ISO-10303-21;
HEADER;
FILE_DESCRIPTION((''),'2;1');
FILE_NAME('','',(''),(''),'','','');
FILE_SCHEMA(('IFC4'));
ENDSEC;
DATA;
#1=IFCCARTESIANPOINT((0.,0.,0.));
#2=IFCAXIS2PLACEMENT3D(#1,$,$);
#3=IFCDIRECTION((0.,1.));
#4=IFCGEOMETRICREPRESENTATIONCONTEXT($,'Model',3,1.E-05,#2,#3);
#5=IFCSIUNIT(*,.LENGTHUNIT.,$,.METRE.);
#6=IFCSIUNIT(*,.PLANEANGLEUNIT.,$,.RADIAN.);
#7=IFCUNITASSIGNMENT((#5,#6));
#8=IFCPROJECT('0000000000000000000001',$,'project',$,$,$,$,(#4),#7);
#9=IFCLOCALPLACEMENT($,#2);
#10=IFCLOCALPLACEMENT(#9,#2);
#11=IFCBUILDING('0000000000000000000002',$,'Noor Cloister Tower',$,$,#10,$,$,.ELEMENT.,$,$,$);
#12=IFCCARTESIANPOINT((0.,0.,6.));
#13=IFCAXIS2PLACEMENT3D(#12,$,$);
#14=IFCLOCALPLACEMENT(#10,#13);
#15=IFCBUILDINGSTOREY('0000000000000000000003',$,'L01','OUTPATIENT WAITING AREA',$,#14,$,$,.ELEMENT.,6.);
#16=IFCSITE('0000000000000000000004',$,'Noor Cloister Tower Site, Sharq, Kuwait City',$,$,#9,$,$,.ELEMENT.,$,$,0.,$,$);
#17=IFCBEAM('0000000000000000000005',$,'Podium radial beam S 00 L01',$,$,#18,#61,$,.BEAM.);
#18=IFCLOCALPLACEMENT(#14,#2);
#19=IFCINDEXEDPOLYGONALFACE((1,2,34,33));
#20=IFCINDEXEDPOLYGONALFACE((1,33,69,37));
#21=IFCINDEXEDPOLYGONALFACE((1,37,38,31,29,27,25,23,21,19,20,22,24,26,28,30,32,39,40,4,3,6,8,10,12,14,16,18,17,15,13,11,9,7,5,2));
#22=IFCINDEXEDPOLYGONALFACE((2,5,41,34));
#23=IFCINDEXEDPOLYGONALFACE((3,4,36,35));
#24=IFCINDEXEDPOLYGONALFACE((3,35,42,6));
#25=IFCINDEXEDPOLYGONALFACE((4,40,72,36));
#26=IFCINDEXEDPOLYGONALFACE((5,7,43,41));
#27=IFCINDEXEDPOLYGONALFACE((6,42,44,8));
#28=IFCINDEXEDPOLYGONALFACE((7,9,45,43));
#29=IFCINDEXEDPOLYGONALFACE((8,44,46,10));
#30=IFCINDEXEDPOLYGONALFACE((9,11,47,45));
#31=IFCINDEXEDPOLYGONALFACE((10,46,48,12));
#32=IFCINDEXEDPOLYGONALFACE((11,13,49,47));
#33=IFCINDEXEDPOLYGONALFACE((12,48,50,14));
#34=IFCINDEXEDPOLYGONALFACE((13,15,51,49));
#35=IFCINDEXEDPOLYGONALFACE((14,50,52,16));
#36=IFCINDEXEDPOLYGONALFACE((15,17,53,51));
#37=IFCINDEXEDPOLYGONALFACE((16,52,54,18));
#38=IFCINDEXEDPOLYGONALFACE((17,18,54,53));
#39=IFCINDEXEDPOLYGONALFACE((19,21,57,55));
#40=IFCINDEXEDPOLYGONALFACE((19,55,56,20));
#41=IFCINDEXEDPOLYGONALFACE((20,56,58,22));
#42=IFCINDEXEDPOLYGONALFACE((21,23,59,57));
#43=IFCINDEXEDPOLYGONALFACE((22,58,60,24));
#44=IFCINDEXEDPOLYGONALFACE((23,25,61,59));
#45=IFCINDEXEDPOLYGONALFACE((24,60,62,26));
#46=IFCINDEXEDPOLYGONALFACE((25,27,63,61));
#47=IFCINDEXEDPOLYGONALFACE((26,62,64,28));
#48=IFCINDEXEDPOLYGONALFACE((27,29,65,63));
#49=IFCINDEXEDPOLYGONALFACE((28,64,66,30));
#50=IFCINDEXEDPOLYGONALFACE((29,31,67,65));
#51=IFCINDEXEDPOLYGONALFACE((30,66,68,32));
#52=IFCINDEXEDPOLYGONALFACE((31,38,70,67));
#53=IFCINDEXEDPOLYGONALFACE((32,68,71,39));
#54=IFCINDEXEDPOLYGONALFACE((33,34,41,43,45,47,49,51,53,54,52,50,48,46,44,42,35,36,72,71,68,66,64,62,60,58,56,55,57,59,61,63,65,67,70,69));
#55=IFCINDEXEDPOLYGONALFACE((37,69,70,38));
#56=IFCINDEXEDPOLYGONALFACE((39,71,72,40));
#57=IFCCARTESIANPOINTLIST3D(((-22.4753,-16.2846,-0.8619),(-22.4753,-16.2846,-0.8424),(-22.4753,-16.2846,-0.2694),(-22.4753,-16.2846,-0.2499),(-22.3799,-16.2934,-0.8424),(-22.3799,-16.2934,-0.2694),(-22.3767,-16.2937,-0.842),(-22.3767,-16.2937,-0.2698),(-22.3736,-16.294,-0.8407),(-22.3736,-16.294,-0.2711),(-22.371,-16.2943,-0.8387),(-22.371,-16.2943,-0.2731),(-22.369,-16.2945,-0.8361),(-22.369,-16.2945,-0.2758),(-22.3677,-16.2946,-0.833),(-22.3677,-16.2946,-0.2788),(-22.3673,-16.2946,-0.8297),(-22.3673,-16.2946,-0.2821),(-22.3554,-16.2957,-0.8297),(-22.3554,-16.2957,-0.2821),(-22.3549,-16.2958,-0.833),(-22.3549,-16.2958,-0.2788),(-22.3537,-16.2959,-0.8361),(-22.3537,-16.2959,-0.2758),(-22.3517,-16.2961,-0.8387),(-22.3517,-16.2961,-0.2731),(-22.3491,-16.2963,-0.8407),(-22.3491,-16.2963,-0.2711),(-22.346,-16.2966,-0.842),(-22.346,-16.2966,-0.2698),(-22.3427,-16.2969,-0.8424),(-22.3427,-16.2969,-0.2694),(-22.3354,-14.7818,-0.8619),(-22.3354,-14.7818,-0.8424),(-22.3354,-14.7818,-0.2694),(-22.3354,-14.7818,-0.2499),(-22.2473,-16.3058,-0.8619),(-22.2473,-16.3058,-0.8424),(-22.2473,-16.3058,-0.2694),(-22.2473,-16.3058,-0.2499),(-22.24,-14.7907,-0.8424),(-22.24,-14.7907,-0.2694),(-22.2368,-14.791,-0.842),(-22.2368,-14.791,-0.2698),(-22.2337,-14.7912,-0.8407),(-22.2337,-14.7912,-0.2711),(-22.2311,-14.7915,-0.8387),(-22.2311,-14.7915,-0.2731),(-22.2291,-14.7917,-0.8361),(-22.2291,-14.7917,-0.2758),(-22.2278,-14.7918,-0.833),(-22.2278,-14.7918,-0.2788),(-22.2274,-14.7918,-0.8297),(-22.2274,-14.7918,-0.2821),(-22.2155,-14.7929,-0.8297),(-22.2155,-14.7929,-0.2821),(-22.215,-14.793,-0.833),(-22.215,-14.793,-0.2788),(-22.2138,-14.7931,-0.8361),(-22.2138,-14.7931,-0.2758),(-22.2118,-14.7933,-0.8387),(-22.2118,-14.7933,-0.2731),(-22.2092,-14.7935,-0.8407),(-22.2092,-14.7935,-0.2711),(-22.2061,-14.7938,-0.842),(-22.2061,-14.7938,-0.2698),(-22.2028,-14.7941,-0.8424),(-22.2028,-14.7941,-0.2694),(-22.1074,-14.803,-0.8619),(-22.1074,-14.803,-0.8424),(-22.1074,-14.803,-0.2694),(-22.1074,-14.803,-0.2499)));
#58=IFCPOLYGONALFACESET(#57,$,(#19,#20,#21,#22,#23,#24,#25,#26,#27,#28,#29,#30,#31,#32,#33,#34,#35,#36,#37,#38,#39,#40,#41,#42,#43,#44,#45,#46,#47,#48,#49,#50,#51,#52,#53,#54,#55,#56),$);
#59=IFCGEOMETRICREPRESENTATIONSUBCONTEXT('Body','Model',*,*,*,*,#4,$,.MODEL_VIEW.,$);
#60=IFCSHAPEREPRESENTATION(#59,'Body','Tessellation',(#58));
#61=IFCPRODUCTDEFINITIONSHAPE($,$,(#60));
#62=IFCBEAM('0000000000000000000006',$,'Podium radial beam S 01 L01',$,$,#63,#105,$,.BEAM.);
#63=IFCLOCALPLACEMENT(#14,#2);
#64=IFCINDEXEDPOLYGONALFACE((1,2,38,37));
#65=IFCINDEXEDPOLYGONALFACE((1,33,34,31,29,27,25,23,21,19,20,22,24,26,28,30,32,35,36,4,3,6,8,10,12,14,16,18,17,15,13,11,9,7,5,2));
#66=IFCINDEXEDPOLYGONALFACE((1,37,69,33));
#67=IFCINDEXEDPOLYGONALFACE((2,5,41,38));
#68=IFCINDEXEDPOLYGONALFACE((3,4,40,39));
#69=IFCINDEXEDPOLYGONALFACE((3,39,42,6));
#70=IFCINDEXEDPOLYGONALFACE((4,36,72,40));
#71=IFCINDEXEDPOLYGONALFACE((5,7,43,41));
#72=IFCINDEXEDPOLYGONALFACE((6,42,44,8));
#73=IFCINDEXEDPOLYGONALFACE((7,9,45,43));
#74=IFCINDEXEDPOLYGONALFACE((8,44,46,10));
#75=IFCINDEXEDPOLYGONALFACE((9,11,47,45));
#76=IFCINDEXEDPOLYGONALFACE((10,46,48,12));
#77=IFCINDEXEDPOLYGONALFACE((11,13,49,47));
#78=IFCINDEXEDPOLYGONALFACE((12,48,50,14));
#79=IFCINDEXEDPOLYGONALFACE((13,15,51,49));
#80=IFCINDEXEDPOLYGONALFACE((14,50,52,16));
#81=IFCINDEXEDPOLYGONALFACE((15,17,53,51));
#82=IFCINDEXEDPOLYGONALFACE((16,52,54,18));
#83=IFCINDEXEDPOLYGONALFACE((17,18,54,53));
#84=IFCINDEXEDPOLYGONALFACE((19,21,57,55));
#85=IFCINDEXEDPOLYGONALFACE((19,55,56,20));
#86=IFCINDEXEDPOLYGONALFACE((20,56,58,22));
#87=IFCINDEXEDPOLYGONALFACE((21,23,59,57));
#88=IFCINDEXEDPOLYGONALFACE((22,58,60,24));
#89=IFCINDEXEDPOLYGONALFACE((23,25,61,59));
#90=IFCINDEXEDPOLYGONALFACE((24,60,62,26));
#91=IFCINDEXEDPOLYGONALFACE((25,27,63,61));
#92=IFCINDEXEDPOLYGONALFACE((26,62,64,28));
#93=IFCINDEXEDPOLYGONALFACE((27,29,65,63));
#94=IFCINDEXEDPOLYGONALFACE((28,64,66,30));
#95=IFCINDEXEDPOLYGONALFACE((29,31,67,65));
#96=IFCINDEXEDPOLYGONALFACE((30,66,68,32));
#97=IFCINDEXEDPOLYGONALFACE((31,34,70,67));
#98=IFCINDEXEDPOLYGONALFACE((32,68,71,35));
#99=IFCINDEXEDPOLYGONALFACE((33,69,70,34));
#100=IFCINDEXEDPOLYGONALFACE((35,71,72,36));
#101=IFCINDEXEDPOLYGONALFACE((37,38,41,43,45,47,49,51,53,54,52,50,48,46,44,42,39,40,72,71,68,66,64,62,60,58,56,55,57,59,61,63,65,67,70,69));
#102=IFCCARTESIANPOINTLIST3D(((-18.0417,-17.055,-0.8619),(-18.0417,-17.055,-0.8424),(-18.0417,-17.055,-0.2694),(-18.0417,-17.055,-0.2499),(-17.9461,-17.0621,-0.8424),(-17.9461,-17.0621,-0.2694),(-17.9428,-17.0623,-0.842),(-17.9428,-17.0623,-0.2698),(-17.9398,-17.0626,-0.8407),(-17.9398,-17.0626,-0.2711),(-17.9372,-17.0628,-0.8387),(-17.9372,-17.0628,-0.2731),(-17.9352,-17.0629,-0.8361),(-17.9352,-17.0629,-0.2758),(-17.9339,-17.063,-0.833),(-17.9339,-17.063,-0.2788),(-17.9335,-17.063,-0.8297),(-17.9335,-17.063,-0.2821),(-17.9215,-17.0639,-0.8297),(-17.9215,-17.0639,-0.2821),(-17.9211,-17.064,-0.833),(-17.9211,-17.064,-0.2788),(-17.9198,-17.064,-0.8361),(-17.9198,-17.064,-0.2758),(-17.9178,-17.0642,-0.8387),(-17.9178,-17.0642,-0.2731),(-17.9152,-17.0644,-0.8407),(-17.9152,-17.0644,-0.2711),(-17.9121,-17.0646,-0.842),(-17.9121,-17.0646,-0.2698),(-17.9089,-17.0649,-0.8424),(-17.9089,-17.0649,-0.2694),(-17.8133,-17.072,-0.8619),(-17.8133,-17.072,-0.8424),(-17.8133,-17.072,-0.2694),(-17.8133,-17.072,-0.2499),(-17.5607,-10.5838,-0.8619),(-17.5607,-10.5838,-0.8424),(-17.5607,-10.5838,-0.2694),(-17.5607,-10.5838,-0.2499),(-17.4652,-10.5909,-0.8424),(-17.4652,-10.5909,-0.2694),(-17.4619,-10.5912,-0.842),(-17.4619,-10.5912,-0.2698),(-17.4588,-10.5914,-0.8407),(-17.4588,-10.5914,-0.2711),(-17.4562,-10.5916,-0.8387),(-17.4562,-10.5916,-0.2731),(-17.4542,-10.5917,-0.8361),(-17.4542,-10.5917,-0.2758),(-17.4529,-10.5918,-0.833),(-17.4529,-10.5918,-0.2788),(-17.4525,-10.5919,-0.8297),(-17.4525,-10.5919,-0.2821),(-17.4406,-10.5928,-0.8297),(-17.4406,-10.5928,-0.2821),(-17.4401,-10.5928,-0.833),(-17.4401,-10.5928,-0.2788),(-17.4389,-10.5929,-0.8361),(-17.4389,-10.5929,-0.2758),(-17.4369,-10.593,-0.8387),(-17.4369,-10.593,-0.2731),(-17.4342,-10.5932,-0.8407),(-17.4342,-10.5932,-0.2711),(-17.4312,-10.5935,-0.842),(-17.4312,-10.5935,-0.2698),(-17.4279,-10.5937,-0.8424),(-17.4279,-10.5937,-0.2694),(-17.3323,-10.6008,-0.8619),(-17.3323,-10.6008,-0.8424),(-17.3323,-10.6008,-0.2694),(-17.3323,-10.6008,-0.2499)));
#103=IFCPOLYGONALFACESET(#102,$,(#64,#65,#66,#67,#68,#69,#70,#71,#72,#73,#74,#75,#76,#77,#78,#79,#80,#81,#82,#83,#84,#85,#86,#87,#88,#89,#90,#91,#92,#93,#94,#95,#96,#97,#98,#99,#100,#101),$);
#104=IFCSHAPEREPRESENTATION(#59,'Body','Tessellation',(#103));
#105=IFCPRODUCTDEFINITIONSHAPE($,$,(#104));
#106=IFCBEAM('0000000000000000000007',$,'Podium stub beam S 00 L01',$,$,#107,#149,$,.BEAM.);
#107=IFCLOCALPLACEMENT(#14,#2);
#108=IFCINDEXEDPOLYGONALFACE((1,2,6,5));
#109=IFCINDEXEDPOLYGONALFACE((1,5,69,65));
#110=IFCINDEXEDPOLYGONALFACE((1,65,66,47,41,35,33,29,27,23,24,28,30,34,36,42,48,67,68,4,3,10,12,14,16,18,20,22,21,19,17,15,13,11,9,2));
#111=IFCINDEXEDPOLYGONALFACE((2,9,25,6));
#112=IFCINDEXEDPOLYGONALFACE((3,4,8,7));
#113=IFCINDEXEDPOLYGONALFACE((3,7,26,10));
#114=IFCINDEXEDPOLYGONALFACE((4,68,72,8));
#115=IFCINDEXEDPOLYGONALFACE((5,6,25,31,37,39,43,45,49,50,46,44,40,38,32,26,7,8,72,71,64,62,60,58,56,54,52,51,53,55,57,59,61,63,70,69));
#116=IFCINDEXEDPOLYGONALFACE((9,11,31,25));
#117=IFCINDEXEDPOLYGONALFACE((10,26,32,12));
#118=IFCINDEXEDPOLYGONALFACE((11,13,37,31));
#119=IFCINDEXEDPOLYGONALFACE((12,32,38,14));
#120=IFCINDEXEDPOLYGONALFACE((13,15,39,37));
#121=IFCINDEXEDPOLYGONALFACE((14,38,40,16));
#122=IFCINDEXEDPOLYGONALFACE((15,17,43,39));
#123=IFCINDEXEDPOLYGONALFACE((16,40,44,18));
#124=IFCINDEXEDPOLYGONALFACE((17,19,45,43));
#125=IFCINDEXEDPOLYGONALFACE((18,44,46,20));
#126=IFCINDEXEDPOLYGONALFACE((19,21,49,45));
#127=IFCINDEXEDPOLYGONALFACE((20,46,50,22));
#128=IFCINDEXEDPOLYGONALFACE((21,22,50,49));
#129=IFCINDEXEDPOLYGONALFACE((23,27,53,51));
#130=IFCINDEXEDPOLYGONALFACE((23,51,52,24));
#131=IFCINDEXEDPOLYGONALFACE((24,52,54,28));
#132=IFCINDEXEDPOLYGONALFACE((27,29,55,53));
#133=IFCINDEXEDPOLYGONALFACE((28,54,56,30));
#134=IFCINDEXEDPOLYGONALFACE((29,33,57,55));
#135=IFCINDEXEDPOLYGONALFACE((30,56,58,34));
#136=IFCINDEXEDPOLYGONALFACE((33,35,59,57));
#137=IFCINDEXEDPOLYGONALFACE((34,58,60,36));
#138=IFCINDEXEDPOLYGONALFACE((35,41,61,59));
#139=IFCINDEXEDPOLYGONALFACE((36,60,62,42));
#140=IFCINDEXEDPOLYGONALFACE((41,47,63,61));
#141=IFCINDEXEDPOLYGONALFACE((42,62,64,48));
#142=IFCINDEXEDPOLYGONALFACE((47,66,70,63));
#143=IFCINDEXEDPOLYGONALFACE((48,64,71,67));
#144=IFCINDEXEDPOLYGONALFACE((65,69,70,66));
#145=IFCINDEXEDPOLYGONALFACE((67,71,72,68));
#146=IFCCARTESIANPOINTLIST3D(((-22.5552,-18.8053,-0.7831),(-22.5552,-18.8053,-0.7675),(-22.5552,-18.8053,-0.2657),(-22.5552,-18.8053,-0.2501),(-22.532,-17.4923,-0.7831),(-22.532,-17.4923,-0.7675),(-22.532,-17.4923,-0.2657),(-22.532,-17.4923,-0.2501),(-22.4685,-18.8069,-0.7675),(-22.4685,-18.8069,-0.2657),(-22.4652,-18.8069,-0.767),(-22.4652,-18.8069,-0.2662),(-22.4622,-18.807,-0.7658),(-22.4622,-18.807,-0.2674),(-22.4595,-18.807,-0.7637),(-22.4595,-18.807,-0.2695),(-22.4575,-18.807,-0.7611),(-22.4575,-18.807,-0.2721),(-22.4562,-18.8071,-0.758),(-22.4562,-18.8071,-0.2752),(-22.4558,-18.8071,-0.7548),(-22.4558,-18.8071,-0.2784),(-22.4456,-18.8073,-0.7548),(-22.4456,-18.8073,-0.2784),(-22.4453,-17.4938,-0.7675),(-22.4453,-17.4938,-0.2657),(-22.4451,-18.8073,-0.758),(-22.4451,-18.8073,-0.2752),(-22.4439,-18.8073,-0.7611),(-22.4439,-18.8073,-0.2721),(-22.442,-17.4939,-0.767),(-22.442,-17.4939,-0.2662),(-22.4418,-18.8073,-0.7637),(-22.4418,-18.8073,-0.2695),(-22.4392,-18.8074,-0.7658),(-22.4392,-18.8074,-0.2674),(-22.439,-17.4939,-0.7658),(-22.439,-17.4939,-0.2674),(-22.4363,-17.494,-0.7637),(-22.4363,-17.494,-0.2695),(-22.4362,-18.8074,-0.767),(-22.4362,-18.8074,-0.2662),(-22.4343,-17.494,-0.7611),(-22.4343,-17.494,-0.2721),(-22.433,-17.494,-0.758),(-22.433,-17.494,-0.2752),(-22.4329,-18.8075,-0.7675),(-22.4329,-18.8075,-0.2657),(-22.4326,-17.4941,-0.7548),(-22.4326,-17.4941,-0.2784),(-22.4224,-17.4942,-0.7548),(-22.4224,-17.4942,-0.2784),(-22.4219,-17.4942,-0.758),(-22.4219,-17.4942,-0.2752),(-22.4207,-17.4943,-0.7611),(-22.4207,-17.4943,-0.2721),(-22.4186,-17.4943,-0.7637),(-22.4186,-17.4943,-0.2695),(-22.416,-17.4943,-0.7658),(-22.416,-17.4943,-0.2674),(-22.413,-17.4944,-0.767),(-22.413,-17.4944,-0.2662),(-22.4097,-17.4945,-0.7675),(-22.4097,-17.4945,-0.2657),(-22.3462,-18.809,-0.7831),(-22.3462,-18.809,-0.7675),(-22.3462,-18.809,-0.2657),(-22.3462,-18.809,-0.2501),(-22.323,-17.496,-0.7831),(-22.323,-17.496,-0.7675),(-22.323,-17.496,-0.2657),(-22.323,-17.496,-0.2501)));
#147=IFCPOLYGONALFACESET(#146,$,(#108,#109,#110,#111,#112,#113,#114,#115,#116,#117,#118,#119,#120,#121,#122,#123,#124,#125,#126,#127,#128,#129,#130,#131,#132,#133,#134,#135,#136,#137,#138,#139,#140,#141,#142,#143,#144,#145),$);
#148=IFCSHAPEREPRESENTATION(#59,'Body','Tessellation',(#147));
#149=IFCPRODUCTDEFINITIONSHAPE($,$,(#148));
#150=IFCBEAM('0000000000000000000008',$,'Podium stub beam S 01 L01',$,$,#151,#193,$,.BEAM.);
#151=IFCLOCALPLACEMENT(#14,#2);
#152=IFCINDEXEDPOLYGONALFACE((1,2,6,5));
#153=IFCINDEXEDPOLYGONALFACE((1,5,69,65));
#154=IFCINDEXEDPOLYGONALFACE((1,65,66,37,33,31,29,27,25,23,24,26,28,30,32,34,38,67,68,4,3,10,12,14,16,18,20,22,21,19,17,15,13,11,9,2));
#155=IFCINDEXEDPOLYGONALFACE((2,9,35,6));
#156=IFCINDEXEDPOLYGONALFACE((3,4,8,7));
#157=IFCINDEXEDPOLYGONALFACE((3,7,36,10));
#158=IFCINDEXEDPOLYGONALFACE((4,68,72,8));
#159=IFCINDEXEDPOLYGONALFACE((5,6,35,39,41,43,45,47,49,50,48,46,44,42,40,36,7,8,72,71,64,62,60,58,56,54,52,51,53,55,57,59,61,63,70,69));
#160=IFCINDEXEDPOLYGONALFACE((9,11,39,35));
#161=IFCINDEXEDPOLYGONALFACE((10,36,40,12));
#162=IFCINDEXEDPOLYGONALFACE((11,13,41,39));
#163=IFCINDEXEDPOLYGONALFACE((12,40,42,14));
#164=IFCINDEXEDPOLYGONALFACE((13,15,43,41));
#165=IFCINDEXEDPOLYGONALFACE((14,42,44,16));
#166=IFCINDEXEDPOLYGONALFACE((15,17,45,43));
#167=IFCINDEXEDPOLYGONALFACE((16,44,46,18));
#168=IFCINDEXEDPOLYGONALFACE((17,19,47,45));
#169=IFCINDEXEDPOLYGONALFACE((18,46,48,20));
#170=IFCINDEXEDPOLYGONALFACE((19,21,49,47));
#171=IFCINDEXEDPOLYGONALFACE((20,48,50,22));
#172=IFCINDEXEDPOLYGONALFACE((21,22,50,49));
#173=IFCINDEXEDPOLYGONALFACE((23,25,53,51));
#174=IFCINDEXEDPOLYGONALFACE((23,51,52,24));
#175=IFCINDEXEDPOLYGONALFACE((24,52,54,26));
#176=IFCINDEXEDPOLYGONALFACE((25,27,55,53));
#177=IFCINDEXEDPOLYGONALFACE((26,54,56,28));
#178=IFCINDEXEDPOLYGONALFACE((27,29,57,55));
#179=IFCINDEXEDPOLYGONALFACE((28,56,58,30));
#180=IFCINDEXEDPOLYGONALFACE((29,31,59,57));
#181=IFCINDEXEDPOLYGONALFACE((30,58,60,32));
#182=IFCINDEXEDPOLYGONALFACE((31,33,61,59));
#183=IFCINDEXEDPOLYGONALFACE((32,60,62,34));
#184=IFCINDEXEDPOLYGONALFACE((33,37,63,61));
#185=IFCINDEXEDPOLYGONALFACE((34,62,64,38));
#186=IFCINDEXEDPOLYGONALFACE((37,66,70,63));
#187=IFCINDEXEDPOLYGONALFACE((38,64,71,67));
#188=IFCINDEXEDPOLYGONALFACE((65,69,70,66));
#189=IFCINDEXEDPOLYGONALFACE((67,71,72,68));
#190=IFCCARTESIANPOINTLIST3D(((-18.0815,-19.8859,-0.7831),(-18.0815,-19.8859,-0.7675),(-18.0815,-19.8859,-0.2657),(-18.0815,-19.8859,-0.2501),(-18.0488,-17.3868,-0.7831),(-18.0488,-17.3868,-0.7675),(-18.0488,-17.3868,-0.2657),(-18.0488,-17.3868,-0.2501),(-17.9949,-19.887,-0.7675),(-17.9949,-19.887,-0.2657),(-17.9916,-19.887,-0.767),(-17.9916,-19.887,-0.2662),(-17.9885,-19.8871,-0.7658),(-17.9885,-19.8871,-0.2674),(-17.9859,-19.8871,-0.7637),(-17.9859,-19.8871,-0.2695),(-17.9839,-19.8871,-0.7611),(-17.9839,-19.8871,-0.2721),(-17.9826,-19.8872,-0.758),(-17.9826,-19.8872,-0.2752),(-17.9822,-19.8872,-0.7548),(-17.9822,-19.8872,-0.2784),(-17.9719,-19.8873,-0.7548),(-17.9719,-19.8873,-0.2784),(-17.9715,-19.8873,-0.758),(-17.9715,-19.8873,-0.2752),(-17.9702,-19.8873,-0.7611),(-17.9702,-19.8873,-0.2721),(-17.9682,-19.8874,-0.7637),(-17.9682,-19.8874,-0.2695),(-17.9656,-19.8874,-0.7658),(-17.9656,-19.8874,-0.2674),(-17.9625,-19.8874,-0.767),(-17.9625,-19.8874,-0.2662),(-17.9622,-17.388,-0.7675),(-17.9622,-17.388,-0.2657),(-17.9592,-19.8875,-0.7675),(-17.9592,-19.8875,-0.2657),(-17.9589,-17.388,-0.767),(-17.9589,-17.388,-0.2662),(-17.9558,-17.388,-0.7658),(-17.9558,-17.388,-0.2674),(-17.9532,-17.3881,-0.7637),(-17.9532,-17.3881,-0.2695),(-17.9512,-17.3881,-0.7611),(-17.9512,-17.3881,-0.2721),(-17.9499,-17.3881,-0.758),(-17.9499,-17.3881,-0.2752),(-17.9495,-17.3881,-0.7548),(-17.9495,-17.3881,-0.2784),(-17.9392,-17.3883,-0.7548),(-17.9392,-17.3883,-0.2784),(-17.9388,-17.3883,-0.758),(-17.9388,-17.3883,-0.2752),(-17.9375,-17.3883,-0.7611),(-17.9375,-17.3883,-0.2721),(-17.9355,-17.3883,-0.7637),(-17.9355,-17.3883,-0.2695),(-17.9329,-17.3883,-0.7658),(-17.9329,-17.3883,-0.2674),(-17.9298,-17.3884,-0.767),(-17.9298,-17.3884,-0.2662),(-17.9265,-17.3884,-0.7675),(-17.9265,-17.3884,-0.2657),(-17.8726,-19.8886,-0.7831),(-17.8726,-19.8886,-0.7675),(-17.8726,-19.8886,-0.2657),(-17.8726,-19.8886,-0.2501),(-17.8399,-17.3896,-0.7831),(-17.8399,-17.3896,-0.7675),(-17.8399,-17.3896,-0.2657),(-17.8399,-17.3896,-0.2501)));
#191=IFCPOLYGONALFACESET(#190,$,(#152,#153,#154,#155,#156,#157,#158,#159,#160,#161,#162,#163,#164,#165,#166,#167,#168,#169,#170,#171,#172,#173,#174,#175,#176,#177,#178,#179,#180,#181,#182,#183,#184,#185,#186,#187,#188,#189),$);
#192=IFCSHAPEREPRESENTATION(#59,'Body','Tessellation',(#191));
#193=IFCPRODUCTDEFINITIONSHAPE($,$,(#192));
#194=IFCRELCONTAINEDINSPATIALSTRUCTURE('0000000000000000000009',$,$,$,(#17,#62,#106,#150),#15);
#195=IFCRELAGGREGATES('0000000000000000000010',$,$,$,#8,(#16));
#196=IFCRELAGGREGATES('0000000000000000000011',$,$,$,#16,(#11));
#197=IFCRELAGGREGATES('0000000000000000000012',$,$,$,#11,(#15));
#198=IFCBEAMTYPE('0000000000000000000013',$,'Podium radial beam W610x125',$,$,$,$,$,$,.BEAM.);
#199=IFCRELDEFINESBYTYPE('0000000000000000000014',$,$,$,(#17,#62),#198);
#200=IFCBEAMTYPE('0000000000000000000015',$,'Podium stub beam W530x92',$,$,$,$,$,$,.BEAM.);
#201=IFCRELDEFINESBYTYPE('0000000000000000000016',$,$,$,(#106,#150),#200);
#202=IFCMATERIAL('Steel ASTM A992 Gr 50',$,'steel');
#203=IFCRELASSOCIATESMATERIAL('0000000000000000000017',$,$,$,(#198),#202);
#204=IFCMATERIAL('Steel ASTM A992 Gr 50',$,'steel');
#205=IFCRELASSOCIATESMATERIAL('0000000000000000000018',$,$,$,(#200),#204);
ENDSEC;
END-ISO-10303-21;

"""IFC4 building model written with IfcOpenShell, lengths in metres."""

from ifc_helpers import new_model, si_unit, direction, frame, origin, origin_2d, place, context, subcontext, project, spatial, i_section, extrude, material, material_profile, profile_set, type_object, element, save


model = new_model("IFC4")

# Units and contexts
model_context = context("Model", 3, precision=1e-05, world=origin(), true_north=direction((0.0, 1.0)))
body_context = subcontext(model_context, "Body", "Model", "MODEL_VIEW")
ifc_project = project(units=[si_unit("LENGTHUNIT", "METRE"), si_unit("PLANEANGLEUNIT", "RADIAN")], contexts=[model_context])

# Site, building, storey
site_placement = place(None, origin())
site = spatial("IfcSite", under=ifc_project, at=site_placement, Name="Noor Cloister Tower Site, Sharq, Kuwait City", CompositionType="ELEMENT", RefElevation=0.0)
building_placement = place(site_placement, origin())
building = spatial("IfcBuilding", under=site, at=building_placement, Name="Noor Cloister Tower", CompositionType="ELEMENT")
storey_placement = place(building_placement, frame((0.0, 0.0, 6.0)))
storey = spatial("IfcBuildingStorey", under=building, at=storey_placement, Name="L01", Description="OUTPATIENT WAITING AREA", CompositionType="ELEMENT", Elevation=6.0)

# Beams
ifc_material_1 = material(Name="Steel ASTM A992 Gr 50", Category="steel")
ifc_material_profile_1 = material_profile(ifc_material_1, i_section(OverallWidth=0.229, OverallDepth=0.6121, WebThickness=0.012, FlangeThickness=0.0195, FilletRadius=0.0127, at=origin_2d()), Name="W610x125")
ifc_profile_set_1 = profile_set([ifc_material_profile_1], Name="Steel ASTM A992 Gr 50")
beam_type_1 = type_object("IfcBeamType", Name="Podium radial beam W610x125", PredefinedType="BEAM", material=ifc_profile_set_1)
for number, where, z_axis, x_axis, name in (
    (1, (-22.3613, -16.2952, -0.5559), (0.092694, 0.995695, 0.0), (-0.995695, 0.092694, 0.0), "Podium radial beam S 00 L01"),
):
    element("IfcBeam", number, at=place(storey_placement, frame(where, z_axis=z_axis, x_axis=x_axis)), inside=storey, type_object=beam_type_1, Name=name, PredefinedType="BEAM", context=body_context, shape_type="SweptSolid", body=[
        extrude(i_section(OverallWidth=0.229, OverallDepth=0.6121, WebThickness=0.012, FlangeThickness=0.0195, FilletRadius=0.0127, at=origin_2d()), origin(), (0.0, 0.0, 1.0), 1.5093),
    ])
beam_1_placement = place(storey_placement, frame((-17.9275, -17.0635, -0.5559), z_axis=(0.074118, 0.997249, 0.0), x_axis=(-0.997249, 0.074118, 0.0)))
element("IfcBeam", 2, at=beam_1_placement, inside=storey, type_object=beam_type_1, Name="Podium radial beam S 01 L01", PredefinedType="BEAM", context=body_context, shape_type="SweptSolid", body=[
    extrude(i_section(OverallWidth=0.229, OverallDepth=0.6121, WebThickness=0.012, FlangeThickness=0.0195, FilletRadius=0.0127, at=origin_2d()), origin(), (0.0, 0.0, 1.0), 6.489),
])
ifc_material_2 = material(Name="Steel ASTM A992 Gr 50", Category="steel")
ifc_material_profile_2 = material_profile(ifc_material_2, i_section(OverallWidth=0.209, OverallDepth=0.533, WebThickness=0.0103, FlangeThickness=0.0156, FilletRadius=0.0127, at=origin_2d()), Name="W530x92")
ifc_profile_set_2 = profile_set([ifc_material_profile_2], Name="Steel ASTM A992 Gr 50")
beam_type_2 = type_object("IfcBeamType", Name="Podium stub beam W530x92", PredefinedType="BEAM", material=ifc_profile_set_2)
beam_2_placement = place(storey_placement, frame((-22.4275, -17.4941, -0.5166), z_axis=(-0.017662, -0.999844, 0.0), x_axis=(0.999844, -0.017662, 0.0)))
element("IfcBeam", 3, at=beam_2_placement, inside=storey, type_object=beam_type_2, Name="Podium stub beam S 00 L01", PredefinedType="BEAM", context=body_context, shape_type="SweptSolid", body=[
    extrude(i_section(OverallWidth=0.209, OverallDepth=0.533, WebThickness=0.0103, FlangeThickness=0.0156, FilletRadius=0.0127, at=origin_2d()), origin(), (0.0, 0.0, 1.0), 1.3132),
])
beam_3_placement = place(storey_placement, frame((-17.9443, -17.3882, -0.5166), z_axis=(-0.01309, -0.999914, 0.0), x_axis=(0.999914, -0.01309, 0.0)))
element("IfcBeam", 4, at=beam_3_placement, inside=storey, type_object=beam_type_2, Name="Podium stub beam S 01 L01", PredefinedType="BEAM", context=body_context, shape_type="SweptSolid", body=[
    extrude(i_section(OverallWidth=0.209, OverallDepth=0.533, WebThickness=0.0103, FlangeThickness=0.0156, FilletRadius=0.0127, at=origin_2d()), origin(), (0.0, 0.0, 1.0), 2.4993),
])

save(model, "model.ifc")
